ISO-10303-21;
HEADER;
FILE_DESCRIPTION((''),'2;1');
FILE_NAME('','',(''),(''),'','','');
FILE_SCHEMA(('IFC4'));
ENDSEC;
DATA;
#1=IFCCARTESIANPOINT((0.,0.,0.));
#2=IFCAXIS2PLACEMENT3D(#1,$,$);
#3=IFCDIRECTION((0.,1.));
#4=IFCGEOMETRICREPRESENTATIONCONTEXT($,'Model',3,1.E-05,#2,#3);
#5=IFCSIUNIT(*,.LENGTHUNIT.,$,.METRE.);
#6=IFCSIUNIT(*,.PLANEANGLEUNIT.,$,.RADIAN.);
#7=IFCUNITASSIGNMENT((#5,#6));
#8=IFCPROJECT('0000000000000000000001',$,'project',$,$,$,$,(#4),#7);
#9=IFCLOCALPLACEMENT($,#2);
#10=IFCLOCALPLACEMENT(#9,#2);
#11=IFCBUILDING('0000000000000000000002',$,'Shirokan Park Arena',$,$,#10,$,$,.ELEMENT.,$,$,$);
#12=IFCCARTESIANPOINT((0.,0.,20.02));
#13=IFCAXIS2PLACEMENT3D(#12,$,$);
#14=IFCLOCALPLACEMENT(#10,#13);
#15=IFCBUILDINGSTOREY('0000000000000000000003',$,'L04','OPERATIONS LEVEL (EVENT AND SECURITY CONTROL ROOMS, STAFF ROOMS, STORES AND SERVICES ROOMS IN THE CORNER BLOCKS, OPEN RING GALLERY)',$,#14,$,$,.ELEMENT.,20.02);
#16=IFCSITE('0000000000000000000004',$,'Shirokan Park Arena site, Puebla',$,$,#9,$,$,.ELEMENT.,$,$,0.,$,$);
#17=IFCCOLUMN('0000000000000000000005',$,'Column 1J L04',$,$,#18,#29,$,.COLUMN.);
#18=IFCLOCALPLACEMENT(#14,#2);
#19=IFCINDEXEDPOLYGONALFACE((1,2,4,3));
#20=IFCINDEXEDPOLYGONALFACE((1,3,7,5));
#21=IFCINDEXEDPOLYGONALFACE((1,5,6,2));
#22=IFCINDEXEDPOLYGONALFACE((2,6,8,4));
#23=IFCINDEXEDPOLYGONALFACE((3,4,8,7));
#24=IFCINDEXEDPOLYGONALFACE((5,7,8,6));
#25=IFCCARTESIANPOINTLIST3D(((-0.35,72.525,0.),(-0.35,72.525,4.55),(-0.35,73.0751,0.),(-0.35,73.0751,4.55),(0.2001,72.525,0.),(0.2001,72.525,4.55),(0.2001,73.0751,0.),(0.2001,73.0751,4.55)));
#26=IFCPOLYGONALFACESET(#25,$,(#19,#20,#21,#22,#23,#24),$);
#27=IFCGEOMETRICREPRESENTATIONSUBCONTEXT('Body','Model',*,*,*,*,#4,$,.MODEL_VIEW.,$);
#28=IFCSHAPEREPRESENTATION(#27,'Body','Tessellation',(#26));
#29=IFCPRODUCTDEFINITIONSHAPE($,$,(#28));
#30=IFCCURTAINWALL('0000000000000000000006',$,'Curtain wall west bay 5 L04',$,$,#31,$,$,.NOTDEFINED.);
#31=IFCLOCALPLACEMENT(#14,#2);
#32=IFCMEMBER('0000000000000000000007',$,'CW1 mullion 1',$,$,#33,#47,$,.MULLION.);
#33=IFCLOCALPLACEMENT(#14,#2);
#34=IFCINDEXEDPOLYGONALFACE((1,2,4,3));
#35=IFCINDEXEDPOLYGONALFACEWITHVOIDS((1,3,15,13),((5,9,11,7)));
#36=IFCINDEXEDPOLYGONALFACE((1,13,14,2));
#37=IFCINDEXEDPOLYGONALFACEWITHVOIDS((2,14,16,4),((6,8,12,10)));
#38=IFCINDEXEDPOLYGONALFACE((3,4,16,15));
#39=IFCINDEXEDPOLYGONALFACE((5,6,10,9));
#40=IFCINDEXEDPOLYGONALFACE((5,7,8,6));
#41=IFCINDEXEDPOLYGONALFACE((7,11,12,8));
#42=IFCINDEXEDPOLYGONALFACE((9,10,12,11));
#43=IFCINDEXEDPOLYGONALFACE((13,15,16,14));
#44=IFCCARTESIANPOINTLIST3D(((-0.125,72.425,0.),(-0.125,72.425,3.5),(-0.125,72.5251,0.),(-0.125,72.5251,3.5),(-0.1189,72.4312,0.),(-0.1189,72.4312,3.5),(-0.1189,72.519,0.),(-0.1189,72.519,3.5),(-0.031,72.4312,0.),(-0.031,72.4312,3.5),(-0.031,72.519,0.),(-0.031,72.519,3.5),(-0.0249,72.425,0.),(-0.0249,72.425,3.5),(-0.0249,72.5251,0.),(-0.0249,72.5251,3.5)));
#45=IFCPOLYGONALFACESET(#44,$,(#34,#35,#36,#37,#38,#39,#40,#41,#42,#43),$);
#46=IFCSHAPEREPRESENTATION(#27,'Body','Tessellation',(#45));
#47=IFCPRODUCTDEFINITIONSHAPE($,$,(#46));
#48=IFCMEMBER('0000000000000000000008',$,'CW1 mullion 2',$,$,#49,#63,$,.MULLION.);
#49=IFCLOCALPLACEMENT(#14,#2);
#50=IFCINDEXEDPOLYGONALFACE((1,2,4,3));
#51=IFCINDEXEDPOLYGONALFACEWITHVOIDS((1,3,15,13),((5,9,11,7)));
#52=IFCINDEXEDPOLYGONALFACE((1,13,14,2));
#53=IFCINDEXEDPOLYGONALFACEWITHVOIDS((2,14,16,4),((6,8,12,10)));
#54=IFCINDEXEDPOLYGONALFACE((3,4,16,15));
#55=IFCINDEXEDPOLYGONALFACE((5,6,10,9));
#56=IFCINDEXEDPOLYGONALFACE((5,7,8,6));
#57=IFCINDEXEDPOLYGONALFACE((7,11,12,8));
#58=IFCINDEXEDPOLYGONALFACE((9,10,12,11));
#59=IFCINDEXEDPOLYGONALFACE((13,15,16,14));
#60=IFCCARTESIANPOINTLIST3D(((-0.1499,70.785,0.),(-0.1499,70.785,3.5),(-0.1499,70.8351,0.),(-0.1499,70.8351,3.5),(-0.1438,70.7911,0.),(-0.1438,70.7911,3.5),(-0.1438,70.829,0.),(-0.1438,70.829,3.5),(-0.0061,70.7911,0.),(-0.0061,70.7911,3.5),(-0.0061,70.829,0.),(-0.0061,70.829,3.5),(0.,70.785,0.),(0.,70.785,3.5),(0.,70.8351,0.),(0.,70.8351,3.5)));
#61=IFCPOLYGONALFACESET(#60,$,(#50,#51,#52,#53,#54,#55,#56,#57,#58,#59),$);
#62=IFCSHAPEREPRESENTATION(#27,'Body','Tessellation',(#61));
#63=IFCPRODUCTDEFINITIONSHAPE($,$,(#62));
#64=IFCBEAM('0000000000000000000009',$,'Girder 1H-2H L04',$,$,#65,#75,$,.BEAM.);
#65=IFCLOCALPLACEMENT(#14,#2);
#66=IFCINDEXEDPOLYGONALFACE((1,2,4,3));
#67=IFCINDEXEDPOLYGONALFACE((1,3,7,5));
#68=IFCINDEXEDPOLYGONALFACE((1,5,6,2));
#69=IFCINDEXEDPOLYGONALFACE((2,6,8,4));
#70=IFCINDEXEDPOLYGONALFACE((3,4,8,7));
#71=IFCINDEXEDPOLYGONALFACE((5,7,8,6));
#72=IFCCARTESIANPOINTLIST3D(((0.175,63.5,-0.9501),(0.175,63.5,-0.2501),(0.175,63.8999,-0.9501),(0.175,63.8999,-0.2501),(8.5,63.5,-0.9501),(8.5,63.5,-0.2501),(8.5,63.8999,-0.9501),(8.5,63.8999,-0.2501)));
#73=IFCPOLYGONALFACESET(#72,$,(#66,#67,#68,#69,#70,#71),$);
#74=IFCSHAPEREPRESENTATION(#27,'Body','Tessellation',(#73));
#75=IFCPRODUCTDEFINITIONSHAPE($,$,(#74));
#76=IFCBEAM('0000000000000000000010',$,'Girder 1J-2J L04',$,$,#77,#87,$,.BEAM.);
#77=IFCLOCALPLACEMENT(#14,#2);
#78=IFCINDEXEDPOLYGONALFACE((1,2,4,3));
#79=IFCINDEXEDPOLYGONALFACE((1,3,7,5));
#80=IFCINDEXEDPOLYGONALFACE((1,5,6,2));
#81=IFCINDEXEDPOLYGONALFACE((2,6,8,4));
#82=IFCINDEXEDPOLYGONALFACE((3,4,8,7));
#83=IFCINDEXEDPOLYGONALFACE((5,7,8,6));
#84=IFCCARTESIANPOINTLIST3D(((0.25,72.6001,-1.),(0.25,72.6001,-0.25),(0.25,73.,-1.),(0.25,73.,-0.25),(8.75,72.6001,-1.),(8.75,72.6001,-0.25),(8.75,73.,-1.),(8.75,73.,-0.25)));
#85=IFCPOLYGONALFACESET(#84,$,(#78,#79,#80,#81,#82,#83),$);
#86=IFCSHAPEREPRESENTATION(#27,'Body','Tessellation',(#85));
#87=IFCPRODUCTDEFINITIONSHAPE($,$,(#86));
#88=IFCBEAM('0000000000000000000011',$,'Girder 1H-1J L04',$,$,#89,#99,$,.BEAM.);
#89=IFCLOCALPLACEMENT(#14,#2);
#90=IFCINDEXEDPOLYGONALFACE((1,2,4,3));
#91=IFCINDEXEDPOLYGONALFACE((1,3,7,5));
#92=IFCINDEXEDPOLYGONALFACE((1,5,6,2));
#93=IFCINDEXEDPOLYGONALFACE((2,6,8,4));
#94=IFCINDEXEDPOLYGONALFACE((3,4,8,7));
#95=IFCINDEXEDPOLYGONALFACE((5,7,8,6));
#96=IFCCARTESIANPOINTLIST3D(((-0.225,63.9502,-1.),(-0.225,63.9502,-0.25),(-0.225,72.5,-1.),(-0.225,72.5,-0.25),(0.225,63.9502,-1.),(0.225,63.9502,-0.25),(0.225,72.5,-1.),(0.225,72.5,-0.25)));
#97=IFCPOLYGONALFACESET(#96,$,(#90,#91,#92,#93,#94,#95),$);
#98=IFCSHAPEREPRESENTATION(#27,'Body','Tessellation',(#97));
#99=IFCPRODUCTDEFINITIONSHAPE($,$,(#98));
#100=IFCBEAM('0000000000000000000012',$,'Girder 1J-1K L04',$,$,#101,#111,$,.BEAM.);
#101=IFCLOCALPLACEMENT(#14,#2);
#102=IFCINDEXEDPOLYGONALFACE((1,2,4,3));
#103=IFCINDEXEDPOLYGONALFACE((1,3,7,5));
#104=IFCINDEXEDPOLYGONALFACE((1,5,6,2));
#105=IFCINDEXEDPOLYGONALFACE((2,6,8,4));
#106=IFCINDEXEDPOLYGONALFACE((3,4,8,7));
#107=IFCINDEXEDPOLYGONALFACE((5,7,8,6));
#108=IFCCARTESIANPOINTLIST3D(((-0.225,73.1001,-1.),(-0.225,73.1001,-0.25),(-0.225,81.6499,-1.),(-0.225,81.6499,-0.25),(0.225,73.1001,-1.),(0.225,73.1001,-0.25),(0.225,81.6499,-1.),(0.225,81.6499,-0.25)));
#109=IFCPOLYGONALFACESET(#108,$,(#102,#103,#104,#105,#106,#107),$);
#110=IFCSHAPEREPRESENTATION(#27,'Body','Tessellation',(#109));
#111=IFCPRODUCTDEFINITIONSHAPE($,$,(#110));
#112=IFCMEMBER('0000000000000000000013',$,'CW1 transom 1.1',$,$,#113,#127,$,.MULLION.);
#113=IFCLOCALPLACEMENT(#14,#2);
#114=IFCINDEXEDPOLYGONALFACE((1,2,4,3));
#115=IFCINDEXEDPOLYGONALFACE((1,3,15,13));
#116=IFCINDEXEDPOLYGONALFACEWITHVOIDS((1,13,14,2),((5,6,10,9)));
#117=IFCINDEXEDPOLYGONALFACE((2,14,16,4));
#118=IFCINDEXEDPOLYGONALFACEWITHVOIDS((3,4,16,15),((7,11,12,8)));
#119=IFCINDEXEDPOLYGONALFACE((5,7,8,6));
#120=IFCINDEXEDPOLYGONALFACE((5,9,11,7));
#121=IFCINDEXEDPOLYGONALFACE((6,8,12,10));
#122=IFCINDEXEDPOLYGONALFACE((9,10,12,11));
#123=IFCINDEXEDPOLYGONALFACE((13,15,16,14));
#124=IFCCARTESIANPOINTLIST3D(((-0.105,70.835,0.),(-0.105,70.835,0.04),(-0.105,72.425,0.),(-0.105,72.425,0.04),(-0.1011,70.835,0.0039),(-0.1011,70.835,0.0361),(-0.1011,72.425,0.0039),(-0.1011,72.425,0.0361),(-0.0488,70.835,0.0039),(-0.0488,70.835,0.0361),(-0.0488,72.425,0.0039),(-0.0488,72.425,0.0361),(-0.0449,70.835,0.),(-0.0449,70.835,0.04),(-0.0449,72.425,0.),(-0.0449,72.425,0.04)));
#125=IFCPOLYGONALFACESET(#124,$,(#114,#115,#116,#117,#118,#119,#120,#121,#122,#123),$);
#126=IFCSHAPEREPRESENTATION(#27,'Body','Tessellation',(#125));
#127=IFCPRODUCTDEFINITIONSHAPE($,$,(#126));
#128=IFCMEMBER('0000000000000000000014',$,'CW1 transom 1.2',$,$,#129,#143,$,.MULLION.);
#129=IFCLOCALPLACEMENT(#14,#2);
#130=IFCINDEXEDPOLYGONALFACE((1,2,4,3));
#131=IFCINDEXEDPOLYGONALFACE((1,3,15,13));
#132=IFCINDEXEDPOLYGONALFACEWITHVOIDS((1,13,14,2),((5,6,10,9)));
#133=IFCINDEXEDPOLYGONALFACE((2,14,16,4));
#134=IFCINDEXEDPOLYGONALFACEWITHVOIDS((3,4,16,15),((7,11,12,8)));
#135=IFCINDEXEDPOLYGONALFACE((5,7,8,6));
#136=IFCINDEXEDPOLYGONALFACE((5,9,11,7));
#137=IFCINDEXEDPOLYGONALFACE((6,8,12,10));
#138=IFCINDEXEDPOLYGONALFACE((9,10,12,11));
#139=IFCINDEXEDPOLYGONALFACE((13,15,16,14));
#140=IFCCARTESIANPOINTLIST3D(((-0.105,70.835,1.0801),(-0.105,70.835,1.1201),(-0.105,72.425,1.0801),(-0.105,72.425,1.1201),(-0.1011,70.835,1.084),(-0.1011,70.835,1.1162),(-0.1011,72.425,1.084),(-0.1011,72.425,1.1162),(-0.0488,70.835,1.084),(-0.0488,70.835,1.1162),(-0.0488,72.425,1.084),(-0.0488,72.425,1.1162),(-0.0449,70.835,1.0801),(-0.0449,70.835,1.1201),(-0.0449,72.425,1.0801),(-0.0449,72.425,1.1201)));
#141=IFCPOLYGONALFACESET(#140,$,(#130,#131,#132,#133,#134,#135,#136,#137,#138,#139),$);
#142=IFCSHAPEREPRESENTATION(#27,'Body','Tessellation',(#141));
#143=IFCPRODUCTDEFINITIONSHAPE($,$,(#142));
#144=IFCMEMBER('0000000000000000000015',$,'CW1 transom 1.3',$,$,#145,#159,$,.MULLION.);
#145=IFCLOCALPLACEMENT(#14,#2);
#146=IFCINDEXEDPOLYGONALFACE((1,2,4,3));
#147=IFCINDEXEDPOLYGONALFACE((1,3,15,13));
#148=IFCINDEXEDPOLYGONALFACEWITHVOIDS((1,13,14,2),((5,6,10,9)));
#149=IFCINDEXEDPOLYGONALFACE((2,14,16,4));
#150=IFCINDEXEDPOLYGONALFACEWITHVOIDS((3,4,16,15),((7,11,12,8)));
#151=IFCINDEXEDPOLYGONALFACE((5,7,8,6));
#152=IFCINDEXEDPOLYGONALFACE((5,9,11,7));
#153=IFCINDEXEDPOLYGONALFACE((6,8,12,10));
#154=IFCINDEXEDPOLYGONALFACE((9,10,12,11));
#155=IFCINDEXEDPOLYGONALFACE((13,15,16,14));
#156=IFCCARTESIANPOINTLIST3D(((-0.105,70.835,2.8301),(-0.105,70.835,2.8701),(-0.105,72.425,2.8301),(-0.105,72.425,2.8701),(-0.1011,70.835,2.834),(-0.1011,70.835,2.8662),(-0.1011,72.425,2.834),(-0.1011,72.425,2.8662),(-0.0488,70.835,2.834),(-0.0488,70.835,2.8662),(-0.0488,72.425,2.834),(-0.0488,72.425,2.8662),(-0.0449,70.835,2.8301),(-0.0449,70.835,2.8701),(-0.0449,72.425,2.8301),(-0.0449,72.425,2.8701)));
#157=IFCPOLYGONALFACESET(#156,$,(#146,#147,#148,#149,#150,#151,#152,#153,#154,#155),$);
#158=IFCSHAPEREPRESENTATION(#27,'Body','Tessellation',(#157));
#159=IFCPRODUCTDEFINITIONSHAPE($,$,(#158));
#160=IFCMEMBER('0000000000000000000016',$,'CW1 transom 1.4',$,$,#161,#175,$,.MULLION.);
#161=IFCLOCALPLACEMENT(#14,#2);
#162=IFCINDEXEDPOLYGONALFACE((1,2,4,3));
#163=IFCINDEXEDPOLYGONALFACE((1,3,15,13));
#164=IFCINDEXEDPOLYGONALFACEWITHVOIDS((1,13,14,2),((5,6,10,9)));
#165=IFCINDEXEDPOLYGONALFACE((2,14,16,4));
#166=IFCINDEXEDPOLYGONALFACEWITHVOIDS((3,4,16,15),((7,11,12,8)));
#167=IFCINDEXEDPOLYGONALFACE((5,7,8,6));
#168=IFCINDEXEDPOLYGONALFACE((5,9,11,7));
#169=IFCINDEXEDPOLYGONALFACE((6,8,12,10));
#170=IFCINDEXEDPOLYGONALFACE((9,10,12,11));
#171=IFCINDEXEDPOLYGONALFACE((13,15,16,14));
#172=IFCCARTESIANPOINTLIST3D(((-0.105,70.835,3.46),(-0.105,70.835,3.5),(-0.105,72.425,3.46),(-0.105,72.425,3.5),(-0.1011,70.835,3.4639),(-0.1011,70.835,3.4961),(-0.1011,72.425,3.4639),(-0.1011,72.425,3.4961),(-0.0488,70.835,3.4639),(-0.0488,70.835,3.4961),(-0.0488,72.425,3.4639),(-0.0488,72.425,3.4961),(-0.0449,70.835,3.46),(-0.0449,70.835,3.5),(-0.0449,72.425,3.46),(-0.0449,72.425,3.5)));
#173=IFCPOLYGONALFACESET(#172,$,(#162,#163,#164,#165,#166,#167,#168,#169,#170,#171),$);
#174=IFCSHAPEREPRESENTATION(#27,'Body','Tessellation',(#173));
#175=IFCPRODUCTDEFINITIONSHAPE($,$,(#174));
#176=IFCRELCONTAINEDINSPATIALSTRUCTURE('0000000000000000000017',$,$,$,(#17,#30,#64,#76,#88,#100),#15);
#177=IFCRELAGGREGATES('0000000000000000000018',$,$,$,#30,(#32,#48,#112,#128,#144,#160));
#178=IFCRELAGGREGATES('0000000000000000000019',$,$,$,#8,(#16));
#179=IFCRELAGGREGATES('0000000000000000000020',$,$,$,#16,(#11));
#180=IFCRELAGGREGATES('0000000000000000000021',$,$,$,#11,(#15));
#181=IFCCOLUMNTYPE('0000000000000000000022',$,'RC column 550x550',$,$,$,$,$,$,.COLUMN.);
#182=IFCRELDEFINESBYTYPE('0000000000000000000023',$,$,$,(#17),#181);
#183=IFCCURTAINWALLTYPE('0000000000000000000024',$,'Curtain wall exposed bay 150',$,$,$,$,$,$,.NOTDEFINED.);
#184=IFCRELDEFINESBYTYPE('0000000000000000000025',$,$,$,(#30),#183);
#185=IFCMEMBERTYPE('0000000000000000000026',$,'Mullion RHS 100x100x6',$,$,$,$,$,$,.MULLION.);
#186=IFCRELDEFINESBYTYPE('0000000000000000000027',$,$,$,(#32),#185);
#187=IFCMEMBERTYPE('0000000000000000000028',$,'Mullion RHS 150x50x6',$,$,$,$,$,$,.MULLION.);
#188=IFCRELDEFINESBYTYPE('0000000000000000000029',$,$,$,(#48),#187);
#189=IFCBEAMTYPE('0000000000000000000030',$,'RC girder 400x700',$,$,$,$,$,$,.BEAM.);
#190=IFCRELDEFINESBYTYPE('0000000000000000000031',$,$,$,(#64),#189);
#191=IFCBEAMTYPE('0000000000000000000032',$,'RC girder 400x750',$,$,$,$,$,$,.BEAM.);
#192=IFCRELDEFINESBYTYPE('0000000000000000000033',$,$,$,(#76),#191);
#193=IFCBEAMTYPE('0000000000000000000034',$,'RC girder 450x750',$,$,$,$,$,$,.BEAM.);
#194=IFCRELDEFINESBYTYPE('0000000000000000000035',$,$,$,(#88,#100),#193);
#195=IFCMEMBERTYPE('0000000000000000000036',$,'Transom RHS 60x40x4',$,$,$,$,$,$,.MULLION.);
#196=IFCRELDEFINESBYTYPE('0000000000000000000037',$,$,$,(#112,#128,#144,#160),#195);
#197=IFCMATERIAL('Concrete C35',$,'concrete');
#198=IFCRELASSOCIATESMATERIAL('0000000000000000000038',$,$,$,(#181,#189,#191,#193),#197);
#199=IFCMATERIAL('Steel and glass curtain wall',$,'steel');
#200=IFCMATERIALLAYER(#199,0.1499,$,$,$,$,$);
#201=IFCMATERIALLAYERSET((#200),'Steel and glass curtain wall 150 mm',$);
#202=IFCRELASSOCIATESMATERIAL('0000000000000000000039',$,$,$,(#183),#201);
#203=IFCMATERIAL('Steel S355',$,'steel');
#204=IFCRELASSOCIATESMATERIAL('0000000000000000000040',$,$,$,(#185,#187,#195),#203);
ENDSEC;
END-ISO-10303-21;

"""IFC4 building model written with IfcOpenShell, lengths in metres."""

from ifc_helpers import new_model, si_unit, direction, frame, origin, origin_2d, place, context, subcontext, project, spatial, rectangle, hollow_rectangle, extrude, material, layer, layer_set, material_profile, profile_set, type_object, element, aggregate, save


model = new_model("IFC4")

# Units and contexts
model_context = context("Model", 3, precision=1e-05, world=origin(), true_north=direction((0.0, 1.0)))
body_context = subcontext(model_context, "Body", "Model", "MODEL_VIEW")
ifc_project = project(units=[si_unit("LENGTHUNIT", "METRE"), si_unit("PLANEANGLEUNIT", "RADIAN")], contexts=[model_context])

# Site, building, storey
site_placement = place(None, origin())
site = spatial("IfcSite", under=ifc_project, at=site_placement, Name="Shirokan Park Arena site, Puebla", CompositionType="ELEMENT", RefElevation=0.0)
building_placement = place(site_placement, origin())
building = spatial("IfcBuilding", under=site, at=building_placement, Name="Shirokan Park Arena", CompositionType="ELEMENT")
storey_placement = place(building_placement, frame((0.0, 0.0, 20.02)))
storey = spatial("IfcBuildingStorey", under=building, at=storey_placement, Name="L04", Description="OPERATIONS LEVEL (EVENT AND SECURITY CONTROL ROOMS, STAFF ROOMS, STORES AND SERVICES ROOMS IN THE CORNER BLOCKS, OPEN RING GALLERY)", CompositionType="ELEMENT", Elevation=20.02)

# Column
ifc_material_1 = material(Name="Concrete C35", Category="concrete")
ifc_material_profile_1 = material_profile(ifc_material_1, rectangle(XDim=0.55, YDim=0.55, at=origin_2d()), Name="550x550")
ifc_profile_set_1 = profile_set([ifc_material_profile_1], Name="Concrete C35")
column_type = type_object("IfcColumnType", Name="RC column 550x550", PredefinedType="COLUMN", material=ifc_profile_set_1)
column_placement = place(storey_placement, frame((-0.075, 72.8, 0.0), z_axis=(0.0, 0.0, 1.0), x_axis=(1.0, 0.0, 0.0)))
element("IfcColumn", 1, at=column_placement, inside=storey, type_object=column_type, Name="Column 1J L04", PredefinedType="COLUMN", context=body_context, shape_type="SweptSolid", body=[
    extrude(rectangle(XDim=0.55, YDim=0.55, at=origin_2d()), origin(), (0.0, 0.0, 1.0), 4.55),
])

# Curtain wall, members
ifc_material_2 = material(Name="Steel and glass curtain wall", Category="steel")
ifc_layer_1 = layer(ifc_material_2, 0.1499)
ifc_layer_set_1 = layer_set([ifc_layer_1], Name="Steel and glass curtain wall 150 mm")
curtain_wall_type = type_object("IfcCurtainWallType", Name="Curtain wall exposed bay 150", PredefinedType="NOTDEFINED", material=ifc_layer_set_1)
curtain_wall_placement = place(storey_placement, origin())
curtain_wall = element("IfcCurtainWall", 2, at=curtain_wall_placement, inside=storey, type_object=curtain_wall_type, Name="Curtain wall west bay 5 L04", PredefinedType="NOTDEFINED")
ifc_material_3 = material(Name="Steel S355", Category="steel")
ifc_material_profile_2 = material_profile(ifc_material_3, hollow_rectangle(XDim=0.1001, YDim=0.1001, WallThickness=0.0061, at=origin_2d()), Name="RHS 100x100x6")
ifc_profile_set_2 = profile_set([ifc_material_profile_2], Name="Steel S355")
member_type_1 = type_object("IfcMemberType", Name="Mullion RHS 100x100x6", PredefinedType="MULLION", material=ifc_profile_set_2)
member_1_placement = place(storey_placement, frame((-0.075, 72.4751, 0.0), z_axis=(0.0, 0.0, 1.0), x_axis=(1.0, 0.0, 0.0)))
member_1 = element("IfcMember", 3, at=member_1_placement, type_object=member_type_1, Name="CW1 mullion 1", PredefinedType="MULLION", context=body_context, shape_type="SweptSolid", body=[
    extrude(hollow_rectangle(XDim=0.1001, YDim=0.1001, WallThickness=0.0061, at=origin_2d()), origin(), (0.0, 0.0, 1.0), 3.5),
])
ifc_material_profile_3 = material_profile(ifc_material_3, hollow_rectangle(XDim=0.1499, YDim=0.05, WallThickness=0.0061, at=origin_2d()), Name="RHS 150x50x6")
ifc_profile_set_3 = profile_set([ifc_material_profile_3], Name="Steel S355")
member_type_2 = type_object("IfcMemberType", Name="Mullion RHS 150x50x6", PredefinedType="MULLION", material=ifc_profile_set_3)
member_2_placement = place(storey_placement, frame((-0.075, 70.8101, 0.0), z_axis=(0.0, 0.0, 1.0), x_axis=(1.0, 0.0, 0.0)))
member_2 = element("IfcMember", 4, at=member_2_placement, type_object=member_type_2, Name="CW1 mullion 2", PredefinedType="MULLION", context=body_context, shape_type="SweptSolid", body=[
    extrude(hollow_rectangle(XDim=0.1499, YDim=0.05, WallThickness=0.0061, at=origin_2d()), origin(), (0.0, 0.0, 1.0), 3.5),
])

# Beams
ifc_material_profile_4 = material_profile(ifc_material_1, rectangle(XDim=0.3999, YDim=0.7, at=origin_2d()), Name="400x700")
ifc_profile_set_4 = profile_set([ifc_material_profile_4], Name="Concrete C35")
beam_type_1 = type_object("IfcBeamType", Name="RC girder 400x700", PredefinedType="BEAM", material=ifc_profile_set_4)
beam_1_placement = place(storey_placement, frame((0.175, 63.7, -0.6001), z_axis=(1.0, 0.0, 0.0), x_axis=(0.0, 1.0, 0.0)))
element("IfcBeam", 5, at=beam_1_placement, inside=storey, type_object=beam_type_1, Name="Girder 1H-2H L04", PredefinedType="BEAM", context=body_context, shape_type="SweptSolid", body=[
    extrude(rectangle(XDim=0.3999, YDim=0.7, at=origin_2d()), origin(), (0.0, 0.0, 1.0), 8.325),
])
ifc_material_profile_5 = material_profile(ifc_material_1, rectangle(XDim=0.3999, YDim=0.75, at=origin_2d()), Name="400x750")
ifc_profile_set_5 = profile_set([ifc_material_profile_5], Name="Concrete C35")
beam_type_2 = type_object("IfcBeamType", Name="RC girder 400x750", PredefinedType="BEAM", material=ifc_profile_set_5)
beam_2_placement = place(storey_placement, frame((0.25, 72.8, -0.625), z_axis=(1.0, 0.0, 0.0), x_axis=(0.0, 1.0, 0.0)))
element("IfcBeam", 6, at=beam_2_placement, inside=storey, type_object=beam_type_2, Name="Girder 1J-2J L04", PredefinedType="BEAM", context=body_context, shape_type="SweptSolid", body=[
    extrude(rectangle(XDim=0.3999, YDim=0.75, at=origin_2d()), origin(), (0.0, 0.0, 1.0), 8.5),
])
ifc_material_profile_6 = material_profile(ifc_material_1, rectangle(XDim=0.45, YDim=0.75, at=origin_2d()), Name="450x750")
ifc_profile_set_6 = profile_set([ifc_material_profile_6], Name="Concrete C35")
beam_type_3 = type_object("IfcBeamType", Name="RC girder 450x750", PredefinedType="BEAM", material=ifc_profile_set_6)
for number, where, z_axis, x_axis, name in (
    (7, (0.0, 63.9502, -0.625), (0.0, 1.0, 0.0), (-1.0, 0.0, 0.0), "Girder 1H-1J L04"),
    (8, (0.0, 73.1001, -0.625), (0.0, 1.0, 0.0), (-1.0, 0.0, 0.0), "Girder 1J-1K L04"),
):
    element("IfcBeam", number, at=place(storey_placement, frame(where, z_axis=z_axis, x_axis=x_axis)), inside=storey, type_object=beam_type_3, Name=name, PredefinedType="BEAM", context=body_context, shape_type="SweptSolid", body=[
        extrude(rectangle(XDim=0.45, YDim=0.75, at=origin_2d()), origin(), (0.0, 0.0, 1.0), 8.5498),
    ])

# Members
ifc_material_profile_7 = material_profile(ifc_material_3, hollow_rectangle(XDim=0.0601, YDim=0.04, WallThickness=0.0039, at=origin_2d()), Name="RHS 60x40x4")
ifc_profile_set_7 = profile_set([ifc_material_profile_7], Name="Steel S355")
member_type_3 = type_object("IfcMemberType", Name="Transom RHS 60x40x4", PredefinedType="MULLION", material=ifc_profile_set_7)
member_3_placement = place(storey_placement, frame((-0.075, 72.425, 0.02), z_axis=(0.0, -1.0, 0.0), x_axis=(1.0, 0.0, 0.0)))
member_3 = element("IfcMember", 9, at=member_3_placement, type_object=member_type_3, Name="CW1 transom 1.1", PredefinedType="MULLION", context=body_context, shape_type="SweptSolid", body=[
    extrude(hollow_rectangle(XDim=0.0601, YDim=0.04, WallThickness=0.0039, at=origin_2d()), origin(), (0.0, 0.0, 1.0), 1.5901),
])
member_4_placement = place(storey_placement, frame((-0.075, 72.425, 1.1001), z_axis=(0.0, -1.0, 0.0), x_axis=(1.0, 0.0, 0.0)))
member_4 = element("IfcMember", 10, at=member_4_placement, type_object=member_type_3, Name="CW1 transom 1.2", PredefinedType="MULLION", context=body_context, shape_type="SweptSolid", body=[
    extrude(hollow_rectangle(XDim=0.0601, YDim=0.04, WallThickness=0.0039, at=origin_2d()), origin(), (0.0, 0.0, 1.0), 1.5901),
])
member_5_placement = place(storey_placement, frame((-0.075, 72.425, 2.8501), z_axis=(0.0, -1.0, 0.0), x_axis=(1.0, 0.0, 0.0)))
member_5 = element("IfcMember", 11, at=member_5_placement, type_object=member_type_3, Name="CW1 transom 1.3", PredefinedType="MULLION", context=body_context, shape_type="SweptSolid", body=[
    extrude(hollow_rectangle(XDim=0.0601, YDim=0.04, WallThickness=0.0039, at=origin_2d()), origin(), (0.0, 0.0, 1.0), 1.5901),
])
member_6_placement = place(storey_placement, frame((-0.075, 72.425, 3.48), z_axis=(0.0, -1.0, 0.0), x_axis=(1.0, 0.0, 0.0)))
member_6 = element("IfcMember", 12, at=member_6_placement, type_object=member_type_3, Name="CW1 transom 1.4", PredefinedType="MULLION", context=body_context, shape_type="SweptSolid", body=[
    extrude(hollow_rectangle(XDim=0.0601, YDim=0.04, WallThickness=0.0039, at=origin_2d()), origin(), (0.0, 0.0, 1.0), 1.5901),
])

aggregate(curtain_wall, [member_1, member_2, member_3, member_4, member_5, member_6])

save(model, "model.ifc")
